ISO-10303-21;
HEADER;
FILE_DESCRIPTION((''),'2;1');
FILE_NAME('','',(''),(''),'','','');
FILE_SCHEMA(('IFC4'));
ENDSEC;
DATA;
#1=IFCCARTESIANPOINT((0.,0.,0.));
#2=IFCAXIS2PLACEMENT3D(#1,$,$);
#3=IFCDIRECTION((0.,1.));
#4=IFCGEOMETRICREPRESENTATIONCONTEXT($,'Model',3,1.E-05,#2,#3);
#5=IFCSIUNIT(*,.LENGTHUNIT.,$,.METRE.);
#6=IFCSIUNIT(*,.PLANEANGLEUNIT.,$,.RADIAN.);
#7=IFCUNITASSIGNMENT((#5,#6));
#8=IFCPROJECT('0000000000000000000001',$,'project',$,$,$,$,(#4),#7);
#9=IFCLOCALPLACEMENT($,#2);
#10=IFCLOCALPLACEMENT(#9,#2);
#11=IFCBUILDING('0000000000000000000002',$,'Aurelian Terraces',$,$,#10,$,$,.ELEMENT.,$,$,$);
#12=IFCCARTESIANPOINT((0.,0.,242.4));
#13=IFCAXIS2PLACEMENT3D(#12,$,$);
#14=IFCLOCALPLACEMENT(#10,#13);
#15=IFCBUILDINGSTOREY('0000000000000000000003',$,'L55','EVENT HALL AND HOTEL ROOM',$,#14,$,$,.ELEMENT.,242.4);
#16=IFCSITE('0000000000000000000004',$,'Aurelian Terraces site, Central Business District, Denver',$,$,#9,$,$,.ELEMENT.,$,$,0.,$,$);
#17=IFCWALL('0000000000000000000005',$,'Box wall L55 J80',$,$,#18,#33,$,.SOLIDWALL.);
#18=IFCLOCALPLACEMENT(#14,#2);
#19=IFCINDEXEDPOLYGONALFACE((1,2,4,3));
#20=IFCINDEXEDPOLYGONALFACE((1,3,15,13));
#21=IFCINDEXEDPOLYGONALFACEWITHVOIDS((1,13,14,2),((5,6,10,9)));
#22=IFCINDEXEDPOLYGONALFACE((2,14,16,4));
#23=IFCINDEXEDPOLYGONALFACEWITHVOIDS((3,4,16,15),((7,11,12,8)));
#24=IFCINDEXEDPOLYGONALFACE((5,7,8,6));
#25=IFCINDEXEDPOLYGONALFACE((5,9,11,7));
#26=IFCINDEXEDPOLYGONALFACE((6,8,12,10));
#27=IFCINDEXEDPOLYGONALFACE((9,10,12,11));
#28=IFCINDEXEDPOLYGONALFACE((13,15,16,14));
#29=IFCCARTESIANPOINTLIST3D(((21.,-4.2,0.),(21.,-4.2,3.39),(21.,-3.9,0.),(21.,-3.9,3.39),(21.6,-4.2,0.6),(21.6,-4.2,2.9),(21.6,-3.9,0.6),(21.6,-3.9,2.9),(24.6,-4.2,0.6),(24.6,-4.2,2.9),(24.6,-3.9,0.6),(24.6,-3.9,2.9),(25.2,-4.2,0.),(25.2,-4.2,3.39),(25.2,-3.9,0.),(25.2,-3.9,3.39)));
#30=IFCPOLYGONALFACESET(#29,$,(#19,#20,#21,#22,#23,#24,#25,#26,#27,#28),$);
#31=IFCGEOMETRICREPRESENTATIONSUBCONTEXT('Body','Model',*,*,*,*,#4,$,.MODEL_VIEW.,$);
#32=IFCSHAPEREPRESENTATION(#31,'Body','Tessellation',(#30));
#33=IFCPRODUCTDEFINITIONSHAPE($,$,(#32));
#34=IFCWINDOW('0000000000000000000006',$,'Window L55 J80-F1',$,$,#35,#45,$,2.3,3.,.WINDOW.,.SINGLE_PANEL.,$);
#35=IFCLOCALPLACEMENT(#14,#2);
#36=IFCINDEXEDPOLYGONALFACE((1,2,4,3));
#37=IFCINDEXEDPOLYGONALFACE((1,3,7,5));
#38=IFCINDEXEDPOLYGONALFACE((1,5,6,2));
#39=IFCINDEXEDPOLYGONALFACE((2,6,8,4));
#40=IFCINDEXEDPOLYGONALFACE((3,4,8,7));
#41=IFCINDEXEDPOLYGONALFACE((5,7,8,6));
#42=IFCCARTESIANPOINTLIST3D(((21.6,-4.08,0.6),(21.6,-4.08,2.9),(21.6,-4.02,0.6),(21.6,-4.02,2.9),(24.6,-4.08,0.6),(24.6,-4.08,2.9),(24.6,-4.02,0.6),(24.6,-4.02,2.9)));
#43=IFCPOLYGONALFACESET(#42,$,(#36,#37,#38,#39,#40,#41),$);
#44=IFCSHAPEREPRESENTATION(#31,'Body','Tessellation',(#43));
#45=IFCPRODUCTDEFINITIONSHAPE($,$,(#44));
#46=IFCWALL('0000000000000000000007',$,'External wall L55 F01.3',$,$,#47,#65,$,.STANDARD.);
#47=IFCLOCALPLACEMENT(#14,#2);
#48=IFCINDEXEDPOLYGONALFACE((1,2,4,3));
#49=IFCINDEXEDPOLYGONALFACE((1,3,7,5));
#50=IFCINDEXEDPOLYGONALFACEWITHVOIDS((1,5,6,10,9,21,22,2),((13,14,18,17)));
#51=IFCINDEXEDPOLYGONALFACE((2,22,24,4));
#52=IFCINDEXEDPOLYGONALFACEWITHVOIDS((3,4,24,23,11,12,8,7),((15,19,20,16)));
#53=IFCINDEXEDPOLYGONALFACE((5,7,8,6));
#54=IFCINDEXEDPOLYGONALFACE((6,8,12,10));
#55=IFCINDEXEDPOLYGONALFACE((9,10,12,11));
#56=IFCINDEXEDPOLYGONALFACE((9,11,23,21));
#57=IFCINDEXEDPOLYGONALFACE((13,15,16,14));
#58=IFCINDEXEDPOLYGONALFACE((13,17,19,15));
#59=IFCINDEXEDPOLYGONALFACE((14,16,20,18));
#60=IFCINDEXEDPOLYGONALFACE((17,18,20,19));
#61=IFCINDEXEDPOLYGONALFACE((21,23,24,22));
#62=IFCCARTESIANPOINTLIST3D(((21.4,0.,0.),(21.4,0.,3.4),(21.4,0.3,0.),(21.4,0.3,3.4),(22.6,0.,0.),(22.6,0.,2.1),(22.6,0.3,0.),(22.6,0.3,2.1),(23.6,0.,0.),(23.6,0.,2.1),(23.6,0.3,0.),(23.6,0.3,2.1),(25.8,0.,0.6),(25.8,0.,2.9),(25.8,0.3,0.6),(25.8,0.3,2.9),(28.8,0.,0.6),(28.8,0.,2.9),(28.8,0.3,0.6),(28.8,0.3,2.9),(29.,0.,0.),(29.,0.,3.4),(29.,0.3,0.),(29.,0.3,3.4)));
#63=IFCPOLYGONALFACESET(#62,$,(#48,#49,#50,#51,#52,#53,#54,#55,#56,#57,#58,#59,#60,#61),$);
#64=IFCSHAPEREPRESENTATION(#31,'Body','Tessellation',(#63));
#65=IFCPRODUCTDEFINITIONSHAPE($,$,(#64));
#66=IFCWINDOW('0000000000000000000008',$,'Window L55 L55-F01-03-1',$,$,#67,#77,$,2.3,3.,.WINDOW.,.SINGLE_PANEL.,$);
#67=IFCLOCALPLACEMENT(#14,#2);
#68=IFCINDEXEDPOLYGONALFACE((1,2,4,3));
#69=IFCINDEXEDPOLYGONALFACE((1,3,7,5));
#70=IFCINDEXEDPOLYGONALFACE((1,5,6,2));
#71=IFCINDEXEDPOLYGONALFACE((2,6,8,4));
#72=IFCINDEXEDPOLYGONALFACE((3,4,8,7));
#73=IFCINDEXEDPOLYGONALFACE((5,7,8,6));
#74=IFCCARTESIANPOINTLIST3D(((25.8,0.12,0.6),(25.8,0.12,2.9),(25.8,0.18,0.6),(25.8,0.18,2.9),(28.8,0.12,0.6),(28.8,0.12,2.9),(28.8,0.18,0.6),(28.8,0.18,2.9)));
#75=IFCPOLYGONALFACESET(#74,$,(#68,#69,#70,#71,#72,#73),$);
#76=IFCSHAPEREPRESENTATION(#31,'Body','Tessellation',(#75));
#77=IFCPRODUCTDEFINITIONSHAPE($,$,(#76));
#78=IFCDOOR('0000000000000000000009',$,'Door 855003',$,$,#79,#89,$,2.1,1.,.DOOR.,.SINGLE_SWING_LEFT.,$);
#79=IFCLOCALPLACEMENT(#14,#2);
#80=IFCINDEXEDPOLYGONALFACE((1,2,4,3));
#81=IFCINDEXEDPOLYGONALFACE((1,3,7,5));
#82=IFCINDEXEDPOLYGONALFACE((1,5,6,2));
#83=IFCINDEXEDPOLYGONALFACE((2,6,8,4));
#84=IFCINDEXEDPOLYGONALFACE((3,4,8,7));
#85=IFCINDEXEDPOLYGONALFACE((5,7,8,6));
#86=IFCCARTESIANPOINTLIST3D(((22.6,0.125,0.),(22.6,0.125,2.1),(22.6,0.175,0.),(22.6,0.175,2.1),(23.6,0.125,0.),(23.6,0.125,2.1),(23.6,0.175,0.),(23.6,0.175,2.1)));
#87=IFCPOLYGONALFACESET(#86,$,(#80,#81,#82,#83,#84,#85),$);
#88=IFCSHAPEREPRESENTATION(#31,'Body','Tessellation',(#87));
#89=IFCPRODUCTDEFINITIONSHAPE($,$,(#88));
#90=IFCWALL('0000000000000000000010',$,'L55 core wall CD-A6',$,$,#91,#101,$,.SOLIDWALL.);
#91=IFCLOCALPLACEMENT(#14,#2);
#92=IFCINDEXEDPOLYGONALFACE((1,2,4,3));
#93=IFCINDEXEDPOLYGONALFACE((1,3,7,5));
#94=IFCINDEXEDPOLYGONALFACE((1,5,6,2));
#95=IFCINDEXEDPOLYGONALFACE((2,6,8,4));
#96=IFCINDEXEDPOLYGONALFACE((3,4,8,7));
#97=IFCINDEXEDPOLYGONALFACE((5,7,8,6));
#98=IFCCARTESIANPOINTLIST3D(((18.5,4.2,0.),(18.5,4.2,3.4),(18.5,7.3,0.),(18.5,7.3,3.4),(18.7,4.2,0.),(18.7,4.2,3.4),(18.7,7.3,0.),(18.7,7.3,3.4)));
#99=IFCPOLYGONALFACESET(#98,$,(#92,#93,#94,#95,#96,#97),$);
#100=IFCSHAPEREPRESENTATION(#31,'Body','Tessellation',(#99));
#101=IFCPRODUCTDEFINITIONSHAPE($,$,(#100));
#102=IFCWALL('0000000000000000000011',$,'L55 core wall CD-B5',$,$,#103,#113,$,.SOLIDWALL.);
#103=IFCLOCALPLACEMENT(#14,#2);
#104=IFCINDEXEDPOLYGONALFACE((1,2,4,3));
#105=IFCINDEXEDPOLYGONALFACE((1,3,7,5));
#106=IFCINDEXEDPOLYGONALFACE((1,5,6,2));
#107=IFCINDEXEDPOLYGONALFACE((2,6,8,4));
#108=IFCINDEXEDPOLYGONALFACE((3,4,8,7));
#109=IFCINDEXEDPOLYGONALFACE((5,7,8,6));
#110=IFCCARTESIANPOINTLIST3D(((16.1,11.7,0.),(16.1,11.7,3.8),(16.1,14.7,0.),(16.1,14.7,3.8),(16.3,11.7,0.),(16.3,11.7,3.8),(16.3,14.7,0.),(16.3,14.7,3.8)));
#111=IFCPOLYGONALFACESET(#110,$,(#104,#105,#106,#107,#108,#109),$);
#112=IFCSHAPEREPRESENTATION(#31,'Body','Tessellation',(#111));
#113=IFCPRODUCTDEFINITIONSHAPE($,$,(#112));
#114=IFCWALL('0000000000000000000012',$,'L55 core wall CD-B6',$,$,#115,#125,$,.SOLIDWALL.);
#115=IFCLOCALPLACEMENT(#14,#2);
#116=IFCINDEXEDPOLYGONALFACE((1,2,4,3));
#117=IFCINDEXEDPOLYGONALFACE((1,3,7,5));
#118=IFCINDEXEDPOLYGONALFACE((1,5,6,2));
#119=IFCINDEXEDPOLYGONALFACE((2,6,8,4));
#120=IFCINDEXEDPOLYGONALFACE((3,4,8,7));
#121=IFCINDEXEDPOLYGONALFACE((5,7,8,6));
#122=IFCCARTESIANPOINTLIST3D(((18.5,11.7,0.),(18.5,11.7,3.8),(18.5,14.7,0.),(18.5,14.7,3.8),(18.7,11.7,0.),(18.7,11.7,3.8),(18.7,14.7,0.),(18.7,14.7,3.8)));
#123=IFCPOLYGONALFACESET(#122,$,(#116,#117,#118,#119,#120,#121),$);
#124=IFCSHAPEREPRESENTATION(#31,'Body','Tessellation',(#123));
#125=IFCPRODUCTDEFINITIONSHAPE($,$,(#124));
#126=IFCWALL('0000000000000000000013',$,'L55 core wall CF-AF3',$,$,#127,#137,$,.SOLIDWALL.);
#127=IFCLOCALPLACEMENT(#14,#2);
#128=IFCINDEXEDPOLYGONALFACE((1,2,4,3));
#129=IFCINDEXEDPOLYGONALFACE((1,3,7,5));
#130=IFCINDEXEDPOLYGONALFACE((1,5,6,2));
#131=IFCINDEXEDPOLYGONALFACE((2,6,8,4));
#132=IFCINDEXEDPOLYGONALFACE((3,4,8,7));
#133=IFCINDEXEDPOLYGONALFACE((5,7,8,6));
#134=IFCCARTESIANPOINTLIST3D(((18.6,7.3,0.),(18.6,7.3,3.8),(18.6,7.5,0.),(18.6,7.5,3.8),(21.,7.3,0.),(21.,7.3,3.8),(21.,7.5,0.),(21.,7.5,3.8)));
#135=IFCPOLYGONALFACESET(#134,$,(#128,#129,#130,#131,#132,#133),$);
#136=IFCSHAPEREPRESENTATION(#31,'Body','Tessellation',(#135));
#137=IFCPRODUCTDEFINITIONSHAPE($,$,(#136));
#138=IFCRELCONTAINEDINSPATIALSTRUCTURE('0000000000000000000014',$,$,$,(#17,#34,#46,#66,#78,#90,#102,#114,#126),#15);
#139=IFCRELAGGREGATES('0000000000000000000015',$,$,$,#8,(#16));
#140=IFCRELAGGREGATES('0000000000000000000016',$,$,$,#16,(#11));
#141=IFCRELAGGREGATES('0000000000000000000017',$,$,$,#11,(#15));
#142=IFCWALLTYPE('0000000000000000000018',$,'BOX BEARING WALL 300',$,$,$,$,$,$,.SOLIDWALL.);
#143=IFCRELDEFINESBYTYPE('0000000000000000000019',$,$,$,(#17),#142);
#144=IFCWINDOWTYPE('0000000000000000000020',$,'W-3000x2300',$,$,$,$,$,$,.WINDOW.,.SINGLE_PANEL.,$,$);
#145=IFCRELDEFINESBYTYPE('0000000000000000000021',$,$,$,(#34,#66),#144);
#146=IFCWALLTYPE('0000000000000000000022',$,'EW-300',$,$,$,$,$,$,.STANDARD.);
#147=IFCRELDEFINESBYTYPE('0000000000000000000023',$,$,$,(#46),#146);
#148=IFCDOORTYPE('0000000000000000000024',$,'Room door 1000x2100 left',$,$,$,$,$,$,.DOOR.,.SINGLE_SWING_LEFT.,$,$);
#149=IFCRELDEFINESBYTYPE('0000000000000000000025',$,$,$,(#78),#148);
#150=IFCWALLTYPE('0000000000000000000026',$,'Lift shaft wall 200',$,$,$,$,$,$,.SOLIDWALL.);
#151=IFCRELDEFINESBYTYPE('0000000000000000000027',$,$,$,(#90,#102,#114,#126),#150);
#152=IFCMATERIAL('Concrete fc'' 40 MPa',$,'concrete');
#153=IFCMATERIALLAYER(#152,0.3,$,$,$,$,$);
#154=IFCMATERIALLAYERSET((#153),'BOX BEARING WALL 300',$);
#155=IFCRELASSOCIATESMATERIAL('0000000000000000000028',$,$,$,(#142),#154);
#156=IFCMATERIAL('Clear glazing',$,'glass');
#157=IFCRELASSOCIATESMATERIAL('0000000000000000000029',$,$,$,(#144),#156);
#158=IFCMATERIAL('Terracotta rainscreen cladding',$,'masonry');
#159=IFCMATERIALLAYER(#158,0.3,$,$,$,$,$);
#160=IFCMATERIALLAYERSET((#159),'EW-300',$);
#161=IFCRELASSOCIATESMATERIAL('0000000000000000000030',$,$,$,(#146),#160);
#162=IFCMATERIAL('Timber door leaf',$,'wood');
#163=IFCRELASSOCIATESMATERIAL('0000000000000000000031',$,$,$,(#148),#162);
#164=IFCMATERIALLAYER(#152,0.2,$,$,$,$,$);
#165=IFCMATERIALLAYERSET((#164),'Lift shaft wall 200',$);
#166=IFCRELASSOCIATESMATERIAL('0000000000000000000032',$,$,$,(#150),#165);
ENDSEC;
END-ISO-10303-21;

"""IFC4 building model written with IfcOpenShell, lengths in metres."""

from ifc_helpers import new_model, si_unit, direction, frame, frame_2d, origin, place, context, subcontext, project, spatial, rectangle, extrude, source, transform, mapped, material, layer, layer_set, type_object, element, fill, save


model = new_model("IFC4")

# Units and contexts
model_context = context("Model", 3, precision=1e-05, world=origin(), true_north=direction((0.0, 1.0)))
body_context = subcontext(model_context, "Body", "Model", "MODEL_VIEW")
ifc_project = project(units=[si_unit("LENGTHUNIT", "METRE"), si_unit("PLANEANGLEUNIT", "RADIAN")], contexts=[model_context])

# Site, building, storey
site_placement = place(None, origin())
site = spatial("IfcSite", under=ifc_project, at=site_placement, Name="Aurelian Terraces site, Central Business District, Denver", CompositionType="ELEMENT", RefElevation=0.0)
building_placement = place(site_placement, origin())
building = spatial("IfcBuilding", under=site, at=building_placement, Name="Aurelian Terraces", CompositionType="ELEMENT")
storey_placement = place(building_placement, frame((0.0, 0.0, 242.4)))
storey = spatial("IfcBuildingStorey", under=building, at=storey_placement, Name="L55", Description="EVENT HALL AND HOTEL ROOM", CompositionType="ELEMENT", Elevation=242.4)

# Wall, opening, window
ifc_material_1 = material(Name="Concrete fc' 40 MPa", Category="concrete")
ifc_material_2 = material(Name="Clear glazing", Category="glass")
ifc_layer_1 = layer(ifc_material_1, 0.3)
ifc_layer_set_1 = layer_set([ifc_layer_1], Name="BOX BEARING WALL 300")
wall_type_1 = type_object("IfcWallType", Name="BOX BEARING WALL 300", PredefinedType="SOLIDWALL", material=ifc_layer_set_1)
shared_shape_1 = source(origin(), body_context, "Body", "SweptSolid", [
    extrude(rectangle(XDim=4.2, YDim=0.3, at=frame_2d((2.1, 0.0))), origin(), (0.0, 0.0, 1.0), 3.39),
])
wall_1_placement = place(storey_placement, frame((21.0, -4.05, 0.0), z_axis=(0.0, 0.0, 1.0), x_axis=(1.0, 0.0, 0.0)))
wall_1 = element("IfcWall", 1, at=wall_1_placement, inside=storey, type_object=wall_type_1, Name="Box wall L55 J80", PredefinedType="SOLIDWALL", context=body_context, shape_type="MappedRepresentation", body=[
    mapped(shared_shape_1, transform((0.0, 0.0, 0.0), scale=1.0)),
])
shared_shape_2 = source(origin(), body_context, "Body", "SweptSolid", [
    extrude(rectangle(XDim=3.0, YDim=2.3, at=frame_2d((1.5, 1.15))), frame((0.0, 0.16, 0.0), z_axis=(0.0, -1.0, 0.0), x_axis=(1.0, 0.0, 0.0)), (0.0, 0.0, 1.0), 0.32),
])
opening_1_placement = place(wall_1_placement, frame((0.6, 0.0, 0.6)))
opening_1 = element("IfcOpeningElement", 2, at=opening_1_placement, cuts=wall_1, PredefinedType="OPENING", context=body_context, shape_type="MappedRepresentation", body=[
    mapped(shared_shape_2, transform((0.0, 0.0, 0.0), scale=1.0)),
])
window_type_1 = type_object("IfcWindowType", Name="W-3000x2300", PartitioningType="SINGLE_PANEL", PredefinedType="WINDOW", material=ifc_material_2)
shared_shape_3 = source(origin(), body_context, "Body", "SweptSolid", [
    extrude(rectangle(XDim=3.0, YDim=2.3, at=frame_2d((1.5, 1.15))), frame((0.0, 0.03, 0.0), z_axis=(0.0, -1.0, 0.0), x_axis=(1.0, 0.0, 0.0)), (0.0, 0.0, 1.0), 0.06),
])
window_1_placement = place(opening_1_placement, origin())
window_1 = element("IfcWindow", 3, at=window_1_placement, inside=storey, type_object=window_type_1, Name="Window L55 J80-F1", OverallHeight=2.3, OverallWidth=3.0, PartitioningType="SINGLE_PANEL", PredefinedType="WINDOW", context=body_context, shape_type="MappedRepresentation", body=[
    mapped(shared_shape_3, transform((0.0, 0.0, 0.0), scale=1.0)),
])
fill(opening_1, window_1)

# Wall, openings, window, door
ifc_material_3 = material(Name="Terracotta rainscreen cladding", Category="masonry")
ifc_layer_2 = layer(ifc_material_3, 0.3)
ifc_layer_set_2 = layer_set([ifc_layer_2], Name="EW-300")
wall_type_2 = type_object("IfcWallType", Name="EW-300", PredefinedType="STANDARD", material=ifc_layer_set_2)
shared_shape_4 = source(origin(), body_context, "Body", "SweptSolid", [
    extrude(rectangle(XDim=7.6, YDim=0.3, at=frame_2d((3.8, 0.0))), origin(), (0.0, 0.0, 1.0), 3.4),
])
wall_2_placement = place(storey_placement, frame((21.4, 0.15, 0.0), z_axis=(0.0, 0.0, 1.0), x_axis=(1.0, 0.0, 0.0)))
wall_2 = element("IfcWall", 4, at=wall_2_placement, inside=storey, type_object=wall_type_2, Name="External wall L55 F01.3", PredefinedType="STANDARD", context=body_context, shape_type="MappedRepresentation", body=[
    mapped(shared_shape_4, transform((0.0, 0.0, 0.0), scale=1.0)),
])
opening_2_placement = place(wall_2_placement, frame((4.4, 0.0, 0.6)))
opening_2 = element("IfcOpeningElement", 5, at=opening_2_placement, cuts=wall_2, PredefinedType="OPENING", context=body_context, shape_type="MappedRepresentation", body=[
    mapped(shared_shape_2, transform((0.0, 0.0, 0.0), scale=1.0)),
])
shared_shape_5 = source(origin(), body_context, "Body", "SweptSolid", [
    extrude(rectangle(XDim=1.0, YDim=2.1, at=frame_2d((0.5, 1.05))), frame((0.0, 0.16, 0.0), z_axis=(0.0, -1.0, 0.0), x_axis=(1.0, 0.0, 0.0)), (0.0, 0.0, 1.0), 0.32),
])
opening_3_placement = place(wall_2_placement, frame((1.2, 0.0, 0.0)))
opening_3 = element("IfcOpeningElement", 6, at=opening_3_placement, cuts=wall_2, PredefinedType="OPENING", context=body_context, shape_type="MappedRepresentation", body=[
    mapped(shared_shape_5, transform((0.0, 0.0, 0.0), scale=1.0)),
])
window_2_placement = place(opening_2_placement, origin())
window_2 = element("IfcWindow", 7, at=window_2_placement, inside=storey, type_object=window_type_1, Name="Window L55 L55-F01-03-1", OverallHeight=2.3, OverallWidth=3.0, PartitioningType="SINGLE_PANEL", PredefinedType="WINDOW", context=body_context, shape_type="MappedRepresentation", body=[
    mapped(shared_shape_3, transform((0.0, 0.0, 0.0), scale=1.0)),
])
fill(opening_2, window_2)
ifc_material_4 = material(Name="Timber door leaf", Category="wood")
door_type_1 = type_object("IfcDoorType", Name="Room door 1000x2100 left", OperationType="SINGLE_SWING_LEFT", PredefinedType="DOOR", material=ifc_material_4)
shared_shape_6 = source(origin(), body_context, "Body", "SweptSolid", [
    extrude(rectangle(XDim=1.0, YDim=2.1, at=frame_2d((0.5, 1.05))), frame((0.0, 0.025, 0.0), z_axis=(0.0, -1.0, 0.0), x_axis=(1.0, 0.0, 0.0)), (0.0, 0.0, 1.0), 0.05),
])
door_1_placement = place(opening_3_placement, origin())
door_1 = element("IfcDoor", 8, at=door_1_placement, inside=storey, type_object=door_type_1, Name="Door 855003", OperationType="SINGLE_SWING_LEFT", OverallHeight=2.1, OverallWidth=1.0, PredefinedType="DOOR", context=body_context, shape_type="MappedRepresentation", body=[
    mapped(shared_shape_6, transform((0.0, 0.0, 0.0), scale=1.0)),
])
fill(opening_3, door_1)

# Walls
ifc_layer_3 = layer(ifc_material_1, 0.2)
ifc_layer_set_3 = layer_set([ifc_layer_3], Name="Lift shaft wall 200")
wall_type_3 = type_object("IfcWallType", Name="Lift shaft wall 200", PredefinedType="SOLIDWALL", material=ifc_layer_set_3)
shared_shape_7 = source(origin(), body_context, "Body", "SweptSolid", [
    extrude(rectangle(XDim=3.1, YDim=0.2, at=frame_2d((1.55, 0.0))), origin(), (0.0, 0.0, 1.0), 3.4),
])
wall_3_placement = place(storey_placement, frame((18.6, 4.2, 0.0), z_axis=(0.0, 0.0, 1.0), x_axis=(0.0, 1.0, 0.0)))
element("IfcWall", 9, at=wall_3_placement, inside=storey, type_object=wall_type_3, Name="L55 core wall CD-A6", PredefinedType="SOLIDWALL", context=body_context, shape_type="MappedRepresentation", body=[
    mapped(shared_shape_7, transform((0.0, 0.0, 0.0), scale=1.0)),
])
shared_shape_8 = source(origin(), body_context, "Body", "SweptSolid", [
    extrude(rectangle(XDim=3.0, YDim=0.2, at=frame_2d((1.5, 0.0))), origin(), (0.0, 0.0, 1.0), 3.8),
])
for number, where, z_axis, x_axis, name in (
    (10, (16.2, 11.7, 0.0), (0.0, 0.0, 1.0), (0.0, 1.0, 0.0), "L55 core wall CD-B5"),
    (11, (18.6, 11.7, 0.0), (0.0, 0.0, 1.0), (0.0, 1.0, 0.0), "L55 core wall CD-B6"),
):
    element("IfcWall", number, at=place(storey_placement, frame(where, z_axis=z_axis, x_axis=x_axis)), inside=storey, type_object=wall_type_3, Name=name, PredefinedType="SOLIDWALL", context=body_context, shape_type="MappedRepresentation", body=[
        mapped(shared_shape_8, transform((0.0, 0.0, 0.0), scale=1.0)),
    ])
shared_shape_9 = source(origin(), body_context, "Body", "SweptSolid", [
    extrude(rectangle(XDim=2.4, YDim=0.2, at=frame_2d((1.2, 0.0))), origin(), (0.0, 0.0, 1.0), 3.8),
])
wall_4_placement = place(storey_placement, frame((18.6, 7.4, 0.0), z_axis=(0.0, 0.0, 1.0), x_axis=(1.0, 0.0, 0.0)))
element("IfcWall", 12, at=wall_4_placement, inside=storey, type_object=wall_type_3, Name="L55 core wall CF-AF3", PredefinedType="SOLIDWALL", context=body_context, shape_type="MappedRepresentation", body=[
    mapped(shared_shape_9, transform((0.0, 0.0, 0.0), scale=1.0)),
])

save(model, "model.ifc")
